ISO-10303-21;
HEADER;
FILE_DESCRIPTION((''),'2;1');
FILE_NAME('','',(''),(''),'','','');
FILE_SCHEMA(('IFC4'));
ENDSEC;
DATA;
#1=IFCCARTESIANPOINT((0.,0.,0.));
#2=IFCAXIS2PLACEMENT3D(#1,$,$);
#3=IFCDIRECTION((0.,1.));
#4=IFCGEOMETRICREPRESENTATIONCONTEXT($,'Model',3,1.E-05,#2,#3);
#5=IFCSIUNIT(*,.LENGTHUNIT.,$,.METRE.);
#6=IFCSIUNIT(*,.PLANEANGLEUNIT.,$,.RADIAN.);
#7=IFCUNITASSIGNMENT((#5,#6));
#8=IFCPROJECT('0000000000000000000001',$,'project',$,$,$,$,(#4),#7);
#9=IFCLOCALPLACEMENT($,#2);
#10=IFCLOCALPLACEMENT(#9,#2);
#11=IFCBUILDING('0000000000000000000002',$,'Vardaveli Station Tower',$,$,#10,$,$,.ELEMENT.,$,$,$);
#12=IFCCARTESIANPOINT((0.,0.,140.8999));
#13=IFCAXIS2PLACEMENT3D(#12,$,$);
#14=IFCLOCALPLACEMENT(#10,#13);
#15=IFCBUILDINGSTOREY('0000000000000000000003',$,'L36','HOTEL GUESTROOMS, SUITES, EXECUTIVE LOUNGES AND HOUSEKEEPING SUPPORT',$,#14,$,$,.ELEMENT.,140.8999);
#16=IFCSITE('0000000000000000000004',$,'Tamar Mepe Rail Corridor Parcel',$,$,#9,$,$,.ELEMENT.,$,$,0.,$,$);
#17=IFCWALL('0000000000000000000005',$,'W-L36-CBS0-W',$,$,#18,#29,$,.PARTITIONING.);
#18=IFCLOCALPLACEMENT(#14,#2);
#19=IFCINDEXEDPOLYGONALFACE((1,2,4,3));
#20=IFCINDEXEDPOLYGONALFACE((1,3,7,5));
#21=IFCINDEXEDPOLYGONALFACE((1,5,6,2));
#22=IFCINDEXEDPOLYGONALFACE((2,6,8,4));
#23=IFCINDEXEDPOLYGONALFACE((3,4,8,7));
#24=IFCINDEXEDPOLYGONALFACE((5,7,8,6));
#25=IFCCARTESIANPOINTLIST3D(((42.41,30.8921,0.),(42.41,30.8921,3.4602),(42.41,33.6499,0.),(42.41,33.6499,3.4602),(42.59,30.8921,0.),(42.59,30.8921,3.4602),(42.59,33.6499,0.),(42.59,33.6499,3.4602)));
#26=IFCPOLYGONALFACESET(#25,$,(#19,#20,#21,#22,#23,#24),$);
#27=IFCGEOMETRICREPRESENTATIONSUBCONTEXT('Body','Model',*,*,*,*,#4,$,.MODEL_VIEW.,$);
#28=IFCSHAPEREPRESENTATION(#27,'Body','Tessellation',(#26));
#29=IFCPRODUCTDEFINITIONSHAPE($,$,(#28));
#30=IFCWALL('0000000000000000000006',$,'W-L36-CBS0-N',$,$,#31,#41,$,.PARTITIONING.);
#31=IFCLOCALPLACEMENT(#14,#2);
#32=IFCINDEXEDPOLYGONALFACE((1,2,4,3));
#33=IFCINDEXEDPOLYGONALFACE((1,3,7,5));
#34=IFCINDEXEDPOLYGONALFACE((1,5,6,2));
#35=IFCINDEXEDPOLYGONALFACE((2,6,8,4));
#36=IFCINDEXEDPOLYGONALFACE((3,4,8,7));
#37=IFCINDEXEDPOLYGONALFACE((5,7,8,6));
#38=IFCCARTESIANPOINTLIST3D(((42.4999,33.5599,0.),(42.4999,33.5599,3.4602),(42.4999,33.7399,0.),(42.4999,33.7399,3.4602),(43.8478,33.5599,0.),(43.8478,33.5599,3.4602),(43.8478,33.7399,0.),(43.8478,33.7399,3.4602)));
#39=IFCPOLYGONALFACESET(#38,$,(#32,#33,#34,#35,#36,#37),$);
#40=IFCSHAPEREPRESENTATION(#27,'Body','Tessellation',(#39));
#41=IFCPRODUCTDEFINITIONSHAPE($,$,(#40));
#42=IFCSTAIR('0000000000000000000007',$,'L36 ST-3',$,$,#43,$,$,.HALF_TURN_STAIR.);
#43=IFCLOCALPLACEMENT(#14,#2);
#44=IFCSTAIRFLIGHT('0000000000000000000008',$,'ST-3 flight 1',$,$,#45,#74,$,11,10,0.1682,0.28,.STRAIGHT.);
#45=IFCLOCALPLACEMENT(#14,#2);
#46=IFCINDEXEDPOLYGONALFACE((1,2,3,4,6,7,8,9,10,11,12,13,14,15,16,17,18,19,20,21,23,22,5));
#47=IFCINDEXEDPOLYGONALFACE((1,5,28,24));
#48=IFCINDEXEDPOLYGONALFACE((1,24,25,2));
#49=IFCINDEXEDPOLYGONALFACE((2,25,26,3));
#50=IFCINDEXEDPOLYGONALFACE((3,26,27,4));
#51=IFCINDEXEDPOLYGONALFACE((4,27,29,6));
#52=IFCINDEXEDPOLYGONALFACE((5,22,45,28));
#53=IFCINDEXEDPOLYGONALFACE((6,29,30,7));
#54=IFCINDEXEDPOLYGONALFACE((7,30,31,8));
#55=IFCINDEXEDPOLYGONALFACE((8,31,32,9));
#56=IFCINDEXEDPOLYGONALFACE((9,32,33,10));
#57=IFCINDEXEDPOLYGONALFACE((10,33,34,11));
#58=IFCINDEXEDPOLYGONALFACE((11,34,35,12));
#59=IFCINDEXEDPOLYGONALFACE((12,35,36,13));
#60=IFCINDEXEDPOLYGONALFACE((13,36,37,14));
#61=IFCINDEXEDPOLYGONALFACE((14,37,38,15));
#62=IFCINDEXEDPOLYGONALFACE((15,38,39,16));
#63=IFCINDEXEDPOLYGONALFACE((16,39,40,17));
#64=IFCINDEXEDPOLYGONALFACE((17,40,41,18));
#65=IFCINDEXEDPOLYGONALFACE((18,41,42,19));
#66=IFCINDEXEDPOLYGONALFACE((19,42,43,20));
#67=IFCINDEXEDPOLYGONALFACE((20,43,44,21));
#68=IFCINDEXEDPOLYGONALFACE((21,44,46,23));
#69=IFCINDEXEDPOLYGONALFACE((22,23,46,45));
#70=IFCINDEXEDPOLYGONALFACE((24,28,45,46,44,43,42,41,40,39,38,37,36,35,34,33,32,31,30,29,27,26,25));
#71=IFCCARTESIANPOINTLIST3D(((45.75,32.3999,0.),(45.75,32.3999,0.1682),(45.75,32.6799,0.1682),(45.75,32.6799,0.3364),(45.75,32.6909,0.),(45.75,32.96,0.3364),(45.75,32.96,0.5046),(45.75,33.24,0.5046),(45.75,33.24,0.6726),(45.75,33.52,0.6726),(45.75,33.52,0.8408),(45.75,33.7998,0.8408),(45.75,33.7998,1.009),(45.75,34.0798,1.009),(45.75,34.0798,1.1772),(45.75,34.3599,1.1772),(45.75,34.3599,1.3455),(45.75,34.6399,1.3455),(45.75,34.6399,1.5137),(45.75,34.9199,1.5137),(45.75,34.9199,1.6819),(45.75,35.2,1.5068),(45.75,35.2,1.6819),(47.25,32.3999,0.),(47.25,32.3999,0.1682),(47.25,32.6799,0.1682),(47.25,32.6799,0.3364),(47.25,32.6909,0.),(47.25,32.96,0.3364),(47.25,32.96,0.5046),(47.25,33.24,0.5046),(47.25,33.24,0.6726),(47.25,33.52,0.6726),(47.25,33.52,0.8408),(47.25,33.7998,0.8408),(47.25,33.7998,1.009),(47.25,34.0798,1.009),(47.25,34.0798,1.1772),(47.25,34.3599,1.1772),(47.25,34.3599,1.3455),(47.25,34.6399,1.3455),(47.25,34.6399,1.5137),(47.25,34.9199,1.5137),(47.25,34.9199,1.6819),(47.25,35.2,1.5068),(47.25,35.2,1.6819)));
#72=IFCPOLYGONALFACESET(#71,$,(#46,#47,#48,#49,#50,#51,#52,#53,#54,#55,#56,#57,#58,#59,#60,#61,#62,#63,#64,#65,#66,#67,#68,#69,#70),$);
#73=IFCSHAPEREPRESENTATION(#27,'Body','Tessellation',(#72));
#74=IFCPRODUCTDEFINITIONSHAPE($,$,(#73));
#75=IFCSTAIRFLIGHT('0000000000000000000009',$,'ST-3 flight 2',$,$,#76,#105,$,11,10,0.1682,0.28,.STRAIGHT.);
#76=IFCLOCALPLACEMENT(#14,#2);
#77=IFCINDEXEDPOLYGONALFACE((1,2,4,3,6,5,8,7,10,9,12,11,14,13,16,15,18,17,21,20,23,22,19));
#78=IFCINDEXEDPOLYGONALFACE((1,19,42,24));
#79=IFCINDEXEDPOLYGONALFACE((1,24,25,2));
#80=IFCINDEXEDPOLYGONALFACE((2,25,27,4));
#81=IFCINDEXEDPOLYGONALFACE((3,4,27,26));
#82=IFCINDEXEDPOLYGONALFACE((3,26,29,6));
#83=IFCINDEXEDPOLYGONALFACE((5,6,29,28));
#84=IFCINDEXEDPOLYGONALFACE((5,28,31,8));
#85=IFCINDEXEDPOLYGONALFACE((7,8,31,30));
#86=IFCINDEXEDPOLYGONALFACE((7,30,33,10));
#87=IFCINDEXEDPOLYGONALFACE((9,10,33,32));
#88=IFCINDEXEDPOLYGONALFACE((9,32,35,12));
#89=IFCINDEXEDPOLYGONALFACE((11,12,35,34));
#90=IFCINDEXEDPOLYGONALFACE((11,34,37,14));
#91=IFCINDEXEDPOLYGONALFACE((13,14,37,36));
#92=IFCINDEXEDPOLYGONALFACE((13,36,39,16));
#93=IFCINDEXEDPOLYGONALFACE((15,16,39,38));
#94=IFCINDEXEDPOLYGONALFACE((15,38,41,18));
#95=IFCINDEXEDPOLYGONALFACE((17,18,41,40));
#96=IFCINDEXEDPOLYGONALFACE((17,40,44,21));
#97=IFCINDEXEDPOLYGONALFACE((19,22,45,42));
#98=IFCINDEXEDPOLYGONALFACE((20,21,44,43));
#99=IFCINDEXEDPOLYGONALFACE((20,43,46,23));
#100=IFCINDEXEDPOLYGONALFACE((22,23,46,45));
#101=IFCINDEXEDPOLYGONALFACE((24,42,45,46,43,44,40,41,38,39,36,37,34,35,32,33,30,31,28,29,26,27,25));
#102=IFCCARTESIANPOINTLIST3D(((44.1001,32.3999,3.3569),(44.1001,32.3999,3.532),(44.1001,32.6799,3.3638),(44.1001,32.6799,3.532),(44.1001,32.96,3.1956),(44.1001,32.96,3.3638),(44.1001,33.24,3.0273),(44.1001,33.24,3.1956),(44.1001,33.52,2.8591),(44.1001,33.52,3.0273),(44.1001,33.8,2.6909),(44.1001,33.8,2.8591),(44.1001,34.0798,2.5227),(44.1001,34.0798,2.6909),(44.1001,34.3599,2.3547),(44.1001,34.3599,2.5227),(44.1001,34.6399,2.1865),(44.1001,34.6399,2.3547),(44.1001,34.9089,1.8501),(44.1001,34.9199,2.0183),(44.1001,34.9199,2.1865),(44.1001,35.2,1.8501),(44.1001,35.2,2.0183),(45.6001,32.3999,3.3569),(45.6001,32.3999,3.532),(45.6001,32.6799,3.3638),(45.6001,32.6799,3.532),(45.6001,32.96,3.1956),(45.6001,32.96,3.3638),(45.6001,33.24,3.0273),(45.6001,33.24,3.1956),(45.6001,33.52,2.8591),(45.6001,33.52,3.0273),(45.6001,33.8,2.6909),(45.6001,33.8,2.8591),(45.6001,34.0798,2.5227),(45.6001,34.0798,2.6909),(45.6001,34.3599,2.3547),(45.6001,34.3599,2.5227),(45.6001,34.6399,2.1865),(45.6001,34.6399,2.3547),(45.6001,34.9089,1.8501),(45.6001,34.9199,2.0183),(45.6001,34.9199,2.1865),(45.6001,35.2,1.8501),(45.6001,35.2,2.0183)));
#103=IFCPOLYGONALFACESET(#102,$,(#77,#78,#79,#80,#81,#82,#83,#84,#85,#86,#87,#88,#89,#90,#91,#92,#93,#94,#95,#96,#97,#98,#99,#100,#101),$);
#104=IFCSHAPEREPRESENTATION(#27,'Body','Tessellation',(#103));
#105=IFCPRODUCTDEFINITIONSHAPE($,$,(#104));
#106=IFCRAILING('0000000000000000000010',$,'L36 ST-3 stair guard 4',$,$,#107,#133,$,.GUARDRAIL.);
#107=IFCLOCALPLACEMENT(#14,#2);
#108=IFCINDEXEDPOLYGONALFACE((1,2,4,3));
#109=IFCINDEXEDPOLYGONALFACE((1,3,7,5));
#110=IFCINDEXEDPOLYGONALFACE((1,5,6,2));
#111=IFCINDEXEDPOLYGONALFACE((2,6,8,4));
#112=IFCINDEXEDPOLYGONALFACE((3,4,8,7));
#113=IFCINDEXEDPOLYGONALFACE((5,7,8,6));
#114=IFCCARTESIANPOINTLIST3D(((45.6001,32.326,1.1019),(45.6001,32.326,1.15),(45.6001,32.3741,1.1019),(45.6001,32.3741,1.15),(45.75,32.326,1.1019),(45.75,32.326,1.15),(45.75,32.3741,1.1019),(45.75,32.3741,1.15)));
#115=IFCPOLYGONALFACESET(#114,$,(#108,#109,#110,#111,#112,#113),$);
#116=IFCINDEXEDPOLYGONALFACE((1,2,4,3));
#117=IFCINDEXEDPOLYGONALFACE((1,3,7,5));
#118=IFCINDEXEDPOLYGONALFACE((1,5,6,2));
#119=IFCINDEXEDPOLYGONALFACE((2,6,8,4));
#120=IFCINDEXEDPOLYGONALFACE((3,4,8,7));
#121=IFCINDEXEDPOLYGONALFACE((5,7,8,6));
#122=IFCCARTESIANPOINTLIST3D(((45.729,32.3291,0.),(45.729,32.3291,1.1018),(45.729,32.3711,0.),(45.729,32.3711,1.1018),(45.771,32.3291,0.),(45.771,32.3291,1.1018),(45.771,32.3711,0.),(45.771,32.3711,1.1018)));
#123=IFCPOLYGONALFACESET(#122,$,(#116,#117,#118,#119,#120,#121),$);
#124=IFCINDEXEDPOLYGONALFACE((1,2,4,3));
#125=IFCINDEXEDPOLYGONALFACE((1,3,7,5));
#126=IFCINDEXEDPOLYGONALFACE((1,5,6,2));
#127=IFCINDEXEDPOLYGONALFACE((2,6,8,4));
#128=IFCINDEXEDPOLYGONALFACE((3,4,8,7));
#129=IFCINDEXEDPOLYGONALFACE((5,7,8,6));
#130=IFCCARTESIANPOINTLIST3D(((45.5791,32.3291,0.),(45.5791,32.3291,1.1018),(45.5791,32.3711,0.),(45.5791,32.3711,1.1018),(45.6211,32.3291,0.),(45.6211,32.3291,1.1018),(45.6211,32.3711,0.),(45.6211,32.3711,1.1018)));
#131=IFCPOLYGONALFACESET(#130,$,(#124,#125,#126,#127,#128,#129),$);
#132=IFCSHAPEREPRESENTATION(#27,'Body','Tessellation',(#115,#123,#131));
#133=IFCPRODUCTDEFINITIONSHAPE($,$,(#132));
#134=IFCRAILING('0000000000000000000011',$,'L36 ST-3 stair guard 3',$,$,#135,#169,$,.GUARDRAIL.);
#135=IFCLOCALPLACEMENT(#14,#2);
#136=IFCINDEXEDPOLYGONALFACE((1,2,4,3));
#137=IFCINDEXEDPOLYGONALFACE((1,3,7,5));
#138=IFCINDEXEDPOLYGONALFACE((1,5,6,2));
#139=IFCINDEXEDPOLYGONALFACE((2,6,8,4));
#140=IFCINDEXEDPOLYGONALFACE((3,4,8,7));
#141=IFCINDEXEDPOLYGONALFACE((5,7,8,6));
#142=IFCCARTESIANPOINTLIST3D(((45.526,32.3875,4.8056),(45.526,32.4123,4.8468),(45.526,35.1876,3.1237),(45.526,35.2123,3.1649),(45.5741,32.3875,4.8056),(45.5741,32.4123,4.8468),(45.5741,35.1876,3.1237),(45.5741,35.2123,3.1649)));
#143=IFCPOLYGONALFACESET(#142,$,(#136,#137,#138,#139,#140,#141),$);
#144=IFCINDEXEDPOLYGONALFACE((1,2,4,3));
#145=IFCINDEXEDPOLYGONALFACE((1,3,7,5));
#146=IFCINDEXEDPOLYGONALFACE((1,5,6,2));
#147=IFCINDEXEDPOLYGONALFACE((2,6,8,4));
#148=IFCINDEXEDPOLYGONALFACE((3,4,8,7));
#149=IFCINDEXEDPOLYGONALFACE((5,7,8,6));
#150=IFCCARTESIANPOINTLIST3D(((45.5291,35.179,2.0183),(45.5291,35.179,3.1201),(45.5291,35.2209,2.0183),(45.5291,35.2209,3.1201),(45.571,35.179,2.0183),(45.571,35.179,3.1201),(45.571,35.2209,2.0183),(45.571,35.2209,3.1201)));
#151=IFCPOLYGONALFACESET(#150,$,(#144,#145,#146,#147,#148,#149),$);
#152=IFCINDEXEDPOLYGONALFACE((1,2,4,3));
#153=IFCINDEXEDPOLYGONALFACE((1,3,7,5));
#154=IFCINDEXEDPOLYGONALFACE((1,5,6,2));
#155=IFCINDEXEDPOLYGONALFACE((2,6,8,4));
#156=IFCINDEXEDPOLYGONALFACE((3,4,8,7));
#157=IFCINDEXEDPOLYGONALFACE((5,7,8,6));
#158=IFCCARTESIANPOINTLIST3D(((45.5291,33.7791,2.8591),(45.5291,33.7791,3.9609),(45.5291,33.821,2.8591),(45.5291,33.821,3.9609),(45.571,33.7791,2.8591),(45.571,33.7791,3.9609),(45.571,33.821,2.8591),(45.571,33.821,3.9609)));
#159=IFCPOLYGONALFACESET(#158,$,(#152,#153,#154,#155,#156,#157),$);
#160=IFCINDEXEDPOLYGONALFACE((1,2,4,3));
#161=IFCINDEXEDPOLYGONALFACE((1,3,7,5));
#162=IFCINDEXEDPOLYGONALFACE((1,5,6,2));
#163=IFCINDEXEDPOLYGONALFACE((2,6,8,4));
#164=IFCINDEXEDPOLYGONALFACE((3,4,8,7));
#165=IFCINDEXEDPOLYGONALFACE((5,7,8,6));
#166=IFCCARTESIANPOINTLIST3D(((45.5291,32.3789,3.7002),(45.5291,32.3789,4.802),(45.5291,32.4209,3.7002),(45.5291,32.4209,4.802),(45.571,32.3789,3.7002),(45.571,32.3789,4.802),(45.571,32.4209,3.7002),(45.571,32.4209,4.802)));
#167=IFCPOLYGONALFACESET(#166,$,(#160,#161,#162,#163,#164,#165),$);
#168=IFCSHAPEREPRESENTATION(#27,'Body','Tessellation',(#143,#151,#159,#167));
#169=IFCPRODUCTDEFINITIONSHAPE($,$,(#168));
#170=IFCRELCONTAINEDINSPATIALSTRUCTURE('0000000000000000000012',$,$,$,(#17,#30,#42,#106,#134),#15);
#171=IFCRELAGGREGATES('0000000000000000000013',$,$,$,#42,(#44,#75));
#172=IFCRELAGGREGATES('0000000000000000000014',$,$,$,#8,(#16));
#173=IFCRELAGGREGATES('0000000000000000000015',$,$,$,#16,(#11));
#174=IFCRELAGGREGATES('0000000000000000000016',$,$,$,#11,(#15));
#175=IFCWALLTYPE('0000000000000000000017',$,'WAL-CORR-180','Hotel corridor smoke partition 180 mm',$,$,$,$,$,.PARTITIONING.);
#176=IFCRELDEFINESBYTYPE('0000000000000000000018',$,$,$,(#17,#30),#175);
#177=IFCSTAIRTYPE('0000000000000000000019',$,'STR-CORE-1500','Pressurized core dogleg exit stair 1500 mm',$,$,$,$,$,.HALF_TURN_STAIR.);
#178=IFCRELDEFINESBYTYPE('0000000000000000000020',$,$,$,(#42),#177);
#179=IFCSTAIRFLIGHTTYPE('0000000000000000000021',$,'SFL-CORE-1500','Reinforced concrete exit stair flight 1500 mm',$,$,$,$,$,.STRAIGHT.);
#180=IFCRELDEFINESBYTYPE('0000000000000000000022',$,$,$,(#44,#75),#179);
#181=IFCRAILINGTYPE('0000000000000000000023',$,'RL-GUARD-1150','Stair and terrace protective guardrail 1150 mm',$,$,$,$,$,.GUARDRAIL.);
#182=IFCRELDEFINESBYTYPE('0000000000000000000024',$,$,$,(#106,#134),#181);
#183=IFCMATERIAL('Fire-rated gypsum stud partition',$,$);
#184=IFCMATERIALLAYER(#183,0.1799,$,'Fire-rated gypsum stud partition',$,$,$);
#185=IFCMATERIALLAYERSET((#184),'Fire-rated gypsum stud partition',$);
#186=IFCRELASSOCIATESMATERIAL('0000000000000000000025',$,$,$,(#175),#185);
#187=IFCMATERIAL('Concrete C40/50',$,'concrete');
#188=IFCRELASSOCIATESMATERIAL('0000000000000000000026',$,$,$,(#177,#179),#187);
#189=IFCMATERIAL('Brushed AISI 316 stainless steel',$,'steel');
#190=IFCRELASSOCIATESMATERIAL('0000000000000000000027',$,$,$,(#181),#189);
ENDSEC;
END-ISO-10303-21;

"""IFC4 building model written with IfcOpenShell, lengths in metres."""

from ifc_helpers import new_model, si_unit, direction, frame, frame_2d, origin, origin_2d, place, context, subcontext, project, spatial, polyline, rectangle, outline, extrude, source, transform, mapped, material, layer, layer_set, type_object, element, aggregate, save


model = new_model("IFC4")

# Units and contexts
model_context = context("Model", 3, precision=1e-05, world=origin(), true_north=direction((0.0, 1.0)))
body_context = subcontext(model_context, "Body", "Model", "MODEL_VIEW")
ifc_project = project(units=[si_unit("LENGTHUNIT", "METRE"), si_unit("PLANEANGLEUNIT", "RADIAN")], contexts=[model_context])

# Site, building, storey
site_placement = place(None, origin())
site = spatial("IfcSite", under=ifc_project, at=site_placement, Name="Tamar Mepe Rail Corridor Parcel", CompositionType="ELEMENT", RefElevation=0.0)
building_placement = place(site_placement, origin())
building = spatial("IfcBuilding", under=site, at=building_placement, Name="Vardaveli Station Tower", CompositionType="ELEMENT")
storey_placement = place(building_placement, frame((0.0, 0.0, 140.8999)))
storey = spatial("IfcBuildingStorey", under=building, at=storey_placement, Name="L36", Description="HOTEL GUESTROOMS, SUITES, EXECUTIVE LOUNGES AND HOUSEKEEPING SUPPORT", CompositionType="ELEMENT", Elevation=140.8999)

# Shared definitions
ifc_material_1 = material(Name="Concrete C40/50", Category="concrete")

# Shared definitions
ifc_material_2 = material(Name="Fire-rated gypsum stud partition")
ifc_layer_1 = layer(ifc_material_2, 0.1799, Name="Fire-rated gypsum stud partition")
ifc_layer_set_1 = layer_set([ifc_layer_1], Name="Fire-rated gypsum stud partition")
wall_type_1 = type_object("IfcWallType", Name="WAL-CORR-180", Description="Hotel corridor smoke partition 180 mm", PredefinedType="PARTITIONING", material=ifc_layer_set_1)

# Walls
shared_shape_1 = source(origin(), body_context, "Body", "SweptSolid", [
    extrude(rectangle(XDim=2.7578, YDim=0.1799, at=frame_2d((1.3789, 0.0))), origin(), (0.0, 0.0, 1.0), 3.4602),
])
wall_1_placement = place(storey_placement, frame((42.5, 30.8921, 0.0), z_axis=(0.0, 0.0, 1.0), x_axis=(0.0, 1.0, 0.0)))
element("IfcWall", 1, at=wall_1_placement, inside=storey, type_object=wall_type_1, Name="W-L36-CBS0-W", PredefinedType="PARTITIONING", context=body_context, shape_type="MappedRepresentation", body=[
    mapped(shared_shape_1, transform((0.0, 0.0, 0.0), scale=1.0)),
])
shared_shape_2 = source(origin(), body_context, "Body", "SweptSolid", [
    extrude(rectangle(XDim=1.3479, YDim=0.1799, at=frame_2d((0.6738, 0.0))), origin(), (0.0, 0.0, 1.0), 3.4602),
])
wall_2_placement = place(storey_placement, frame((42.5, 33.6499, 0.0), z_axis=(0.0, 0.0, 1.0), x_axis=(1.0, 0.0, 0.0)))
element("IfcWall", 2, at=wall_2_placement, inside=storey, type_object=wall_type_1, Name="W-L36-CBS0-N", PredefinedType="PARTITIONING", context=body_context, shape_type="MappedRepresentation", body=[
    mapped(shared_shape_2, transform((0.0, 0.0, 0.0), scale=1.0)),
])

# Stair, stair flights
stair_type = type_object("IfcStairType", Name="STR-CORE-1500", Description="Pressurized core dogleg exit stair 1500 mm", PredefinedType="HALF_TURN_STAIR", material=ifc_material_1)
stair_placement = place(storey_placement, origin())
stair = element("IfcStair", 3, at=stair_placement, inside=storey, type_object=stair_type, Name="L36 ST-3", PredefinedType="HALF_TURN_STAIR")
stair_flight_type = type_object("IfcStairFlightType", Name="SFL-CORE-1500", Description="Reinforced concrete exit stair flight 1500 mm", PredefinedType="STRAIGHT", material=ifc_material_1)
shared_shape_3 = source(origin(), body_context, "Body", "SweptSolid", [
    extrude(outline(polyline([(0.0, 0.0), (0.0, 0.1682), (0.28, 0.1682), (0.28, 0.3364), (0.5601, 0.3364), (0.5601, 0.5046), (0.8401, 0.5046), (0.8401, 0.6726), (1.1201, 0.6726), (1.1201, 0.8408), (1.3999, 0.8408), (1.3999, 1.009), (1.6799, 1.009), (1.6799, 1.1772), (1.96, 1.1772), (1.96, 1.3455), (2.24, 1.3455), (2.24, 1.5137), (2.52, 1.5137), (2.52, 1.6819), (2.8, 1.6819), (2.8, 1.8501), (2.8, 1.5068), (0.291, 0.0), (0.0, 0.0)])), frame((0.0, 0.75, 0.0), z_axis=(0.0, -1.0, 0.0), x_axis=(1.0, 0.0, 0.0)), (0.0, 0.0, 1.0), 1.5),
])
stair_flight_1_placement = place(storey_placement, frame((46.5, 32.3999, 0.0), z_axis=(0.0, 0.0, 1.0), x_axis=(0.0, 1.0, 0.0)))
stair_flight_1 = element("IfcStairFlight", 4, at=stair_flight_1_placement, type_object=stair_flight_type, Name="ST-3 flight 1", NumberOfRisers=11, NumberOfTreads=10, PredefinedType="STRAIGHT", RiserHeight=0.1682, TreadLength=0.28, context=body_context, shape_type="MappedRepresentation", body=[
    mapped(shared_shape_3, transform((0.0, 0.0, 0.0), scale=1.0)),
])
stair_flight_2_placement = place(storey_placement, frame((44.8501, 35.2, 1.8501), z_axis=(0.0, 0.0, 1.0), x_axis=(0.0, -1.0, 0.0)))
stair_flight_2 = element("IfcStairFlight", 5, at=stair_flight_2_placement, type_object=stair_flight_type, Name="ST-3 flight 2", NumberOfRisers=11, NumberOfTreads=10, PredefinedType="STRAIGHT", RiserHeight=0.1682, TreadLength=0.28, context=body_context, shape_type="MappedRepresentation", body=[
    mapped(shared_shape_3, transform((0.0, 0.0, 0.0), scale=1.0)),
])
aggregate(stair, [stair_flight_1, stair_flight_2])

# Railings
ifc_material_3 = material(Name="Brushed AISI 316 stainless steel", Category="steel")
railing_type_1 = type_object("IfcRailingType", Name="RL-GUARD-1150", Description="Stair and terrace protective guardrail 1150 mm", PredefinedType="GUARDRAIL", material=ifc_material_3)
shared_shape_4 = source(origin(), body_context, "Body", "SweptSolid", [
    extrude(rectangle(XDim=0.0481, YDim=0.0481, at=origin_2d()), frame((0.0, 0.0, 1.126), z_axis=(-1.0, 0.0, 0.0), x_axis=(0.0, -1.0, 0.0)), (0.0, 0.0, 1.0), 0.1499),
    extrude(rectangle(XDim=0.042, YDim=0.042, at=origin_2d()), origin(), (0.0, 0.0, 1.0), 1.1018),
    extrude(rectangle(XDim=0.042, YDim=0.042, at=origin_2d()), frame((-0.1499, 0.0, 0.0)), (0.0, 0.0, 1.0), 1.1018),
])
railing_1_placement = place(storey_placement, frame((45.75, 32.3501, 0.0)))
element("IfcRailing", 6, at=railing_1_placement, inside=storey, type_object=railing_type_1, Name="L36 ST-3 stair guard 4", PredefinedType="GUARDRAIL", context=body_context, shape_type="MappedRepresentation", body=[
    mapped(shared_shape_4, transform((0.0, 0.0, 0.0), scale=1.0)),
])
shared_shape_5 = source(origin(), body_context, "Body", "SweptSolid", [
    extrude(rectangle(XDim=0.0481, YDim=0.0481, at=origin_2d()), frame((0.0, 0.0, 1.126), z_axis=(0.0, -0.857242, 0.514913), x_axis=(1.0, 0.0, 0.0)), (0.0, 0.0, 1.0), 3.2664),
    extrude(rectangle(XDim=0.042, YDim=0.042, at=origin_2d()), origin(), (0.0, 0.0, 1.0), 1.1018),
    extrude(rectangle(XDim=0.042, YDim=0.042, at=origin_2d()), frame((0.0, -1.3999, 0.8408)), (0.0, 0.0, 1.0), 1.1018),
    extrude(rectangle(XDim=0.042, YDim=0.042, at=origin_2d()), frame((0.0, -2.8, 1.6819)), (0.0, 0.0, 1.0), 1.1018),
])
railing_2_placement = place(storey_placement, frame((45.55, 35.2, 2.0183)))
element("IfcRailing", 7, at=railing_2_placement, inside=storey, type_object=railing_type_1, Name="L36 ST-3 stair guard 3", PredefinedType="GUARDRAIL", context=body_context, shape_type="MappedRepresentation", body=[
    mapped(shared_shape_5, transform((0.0, 0.0, 0.0), scale=1.0)),
])

save(model, "model.ifc")
